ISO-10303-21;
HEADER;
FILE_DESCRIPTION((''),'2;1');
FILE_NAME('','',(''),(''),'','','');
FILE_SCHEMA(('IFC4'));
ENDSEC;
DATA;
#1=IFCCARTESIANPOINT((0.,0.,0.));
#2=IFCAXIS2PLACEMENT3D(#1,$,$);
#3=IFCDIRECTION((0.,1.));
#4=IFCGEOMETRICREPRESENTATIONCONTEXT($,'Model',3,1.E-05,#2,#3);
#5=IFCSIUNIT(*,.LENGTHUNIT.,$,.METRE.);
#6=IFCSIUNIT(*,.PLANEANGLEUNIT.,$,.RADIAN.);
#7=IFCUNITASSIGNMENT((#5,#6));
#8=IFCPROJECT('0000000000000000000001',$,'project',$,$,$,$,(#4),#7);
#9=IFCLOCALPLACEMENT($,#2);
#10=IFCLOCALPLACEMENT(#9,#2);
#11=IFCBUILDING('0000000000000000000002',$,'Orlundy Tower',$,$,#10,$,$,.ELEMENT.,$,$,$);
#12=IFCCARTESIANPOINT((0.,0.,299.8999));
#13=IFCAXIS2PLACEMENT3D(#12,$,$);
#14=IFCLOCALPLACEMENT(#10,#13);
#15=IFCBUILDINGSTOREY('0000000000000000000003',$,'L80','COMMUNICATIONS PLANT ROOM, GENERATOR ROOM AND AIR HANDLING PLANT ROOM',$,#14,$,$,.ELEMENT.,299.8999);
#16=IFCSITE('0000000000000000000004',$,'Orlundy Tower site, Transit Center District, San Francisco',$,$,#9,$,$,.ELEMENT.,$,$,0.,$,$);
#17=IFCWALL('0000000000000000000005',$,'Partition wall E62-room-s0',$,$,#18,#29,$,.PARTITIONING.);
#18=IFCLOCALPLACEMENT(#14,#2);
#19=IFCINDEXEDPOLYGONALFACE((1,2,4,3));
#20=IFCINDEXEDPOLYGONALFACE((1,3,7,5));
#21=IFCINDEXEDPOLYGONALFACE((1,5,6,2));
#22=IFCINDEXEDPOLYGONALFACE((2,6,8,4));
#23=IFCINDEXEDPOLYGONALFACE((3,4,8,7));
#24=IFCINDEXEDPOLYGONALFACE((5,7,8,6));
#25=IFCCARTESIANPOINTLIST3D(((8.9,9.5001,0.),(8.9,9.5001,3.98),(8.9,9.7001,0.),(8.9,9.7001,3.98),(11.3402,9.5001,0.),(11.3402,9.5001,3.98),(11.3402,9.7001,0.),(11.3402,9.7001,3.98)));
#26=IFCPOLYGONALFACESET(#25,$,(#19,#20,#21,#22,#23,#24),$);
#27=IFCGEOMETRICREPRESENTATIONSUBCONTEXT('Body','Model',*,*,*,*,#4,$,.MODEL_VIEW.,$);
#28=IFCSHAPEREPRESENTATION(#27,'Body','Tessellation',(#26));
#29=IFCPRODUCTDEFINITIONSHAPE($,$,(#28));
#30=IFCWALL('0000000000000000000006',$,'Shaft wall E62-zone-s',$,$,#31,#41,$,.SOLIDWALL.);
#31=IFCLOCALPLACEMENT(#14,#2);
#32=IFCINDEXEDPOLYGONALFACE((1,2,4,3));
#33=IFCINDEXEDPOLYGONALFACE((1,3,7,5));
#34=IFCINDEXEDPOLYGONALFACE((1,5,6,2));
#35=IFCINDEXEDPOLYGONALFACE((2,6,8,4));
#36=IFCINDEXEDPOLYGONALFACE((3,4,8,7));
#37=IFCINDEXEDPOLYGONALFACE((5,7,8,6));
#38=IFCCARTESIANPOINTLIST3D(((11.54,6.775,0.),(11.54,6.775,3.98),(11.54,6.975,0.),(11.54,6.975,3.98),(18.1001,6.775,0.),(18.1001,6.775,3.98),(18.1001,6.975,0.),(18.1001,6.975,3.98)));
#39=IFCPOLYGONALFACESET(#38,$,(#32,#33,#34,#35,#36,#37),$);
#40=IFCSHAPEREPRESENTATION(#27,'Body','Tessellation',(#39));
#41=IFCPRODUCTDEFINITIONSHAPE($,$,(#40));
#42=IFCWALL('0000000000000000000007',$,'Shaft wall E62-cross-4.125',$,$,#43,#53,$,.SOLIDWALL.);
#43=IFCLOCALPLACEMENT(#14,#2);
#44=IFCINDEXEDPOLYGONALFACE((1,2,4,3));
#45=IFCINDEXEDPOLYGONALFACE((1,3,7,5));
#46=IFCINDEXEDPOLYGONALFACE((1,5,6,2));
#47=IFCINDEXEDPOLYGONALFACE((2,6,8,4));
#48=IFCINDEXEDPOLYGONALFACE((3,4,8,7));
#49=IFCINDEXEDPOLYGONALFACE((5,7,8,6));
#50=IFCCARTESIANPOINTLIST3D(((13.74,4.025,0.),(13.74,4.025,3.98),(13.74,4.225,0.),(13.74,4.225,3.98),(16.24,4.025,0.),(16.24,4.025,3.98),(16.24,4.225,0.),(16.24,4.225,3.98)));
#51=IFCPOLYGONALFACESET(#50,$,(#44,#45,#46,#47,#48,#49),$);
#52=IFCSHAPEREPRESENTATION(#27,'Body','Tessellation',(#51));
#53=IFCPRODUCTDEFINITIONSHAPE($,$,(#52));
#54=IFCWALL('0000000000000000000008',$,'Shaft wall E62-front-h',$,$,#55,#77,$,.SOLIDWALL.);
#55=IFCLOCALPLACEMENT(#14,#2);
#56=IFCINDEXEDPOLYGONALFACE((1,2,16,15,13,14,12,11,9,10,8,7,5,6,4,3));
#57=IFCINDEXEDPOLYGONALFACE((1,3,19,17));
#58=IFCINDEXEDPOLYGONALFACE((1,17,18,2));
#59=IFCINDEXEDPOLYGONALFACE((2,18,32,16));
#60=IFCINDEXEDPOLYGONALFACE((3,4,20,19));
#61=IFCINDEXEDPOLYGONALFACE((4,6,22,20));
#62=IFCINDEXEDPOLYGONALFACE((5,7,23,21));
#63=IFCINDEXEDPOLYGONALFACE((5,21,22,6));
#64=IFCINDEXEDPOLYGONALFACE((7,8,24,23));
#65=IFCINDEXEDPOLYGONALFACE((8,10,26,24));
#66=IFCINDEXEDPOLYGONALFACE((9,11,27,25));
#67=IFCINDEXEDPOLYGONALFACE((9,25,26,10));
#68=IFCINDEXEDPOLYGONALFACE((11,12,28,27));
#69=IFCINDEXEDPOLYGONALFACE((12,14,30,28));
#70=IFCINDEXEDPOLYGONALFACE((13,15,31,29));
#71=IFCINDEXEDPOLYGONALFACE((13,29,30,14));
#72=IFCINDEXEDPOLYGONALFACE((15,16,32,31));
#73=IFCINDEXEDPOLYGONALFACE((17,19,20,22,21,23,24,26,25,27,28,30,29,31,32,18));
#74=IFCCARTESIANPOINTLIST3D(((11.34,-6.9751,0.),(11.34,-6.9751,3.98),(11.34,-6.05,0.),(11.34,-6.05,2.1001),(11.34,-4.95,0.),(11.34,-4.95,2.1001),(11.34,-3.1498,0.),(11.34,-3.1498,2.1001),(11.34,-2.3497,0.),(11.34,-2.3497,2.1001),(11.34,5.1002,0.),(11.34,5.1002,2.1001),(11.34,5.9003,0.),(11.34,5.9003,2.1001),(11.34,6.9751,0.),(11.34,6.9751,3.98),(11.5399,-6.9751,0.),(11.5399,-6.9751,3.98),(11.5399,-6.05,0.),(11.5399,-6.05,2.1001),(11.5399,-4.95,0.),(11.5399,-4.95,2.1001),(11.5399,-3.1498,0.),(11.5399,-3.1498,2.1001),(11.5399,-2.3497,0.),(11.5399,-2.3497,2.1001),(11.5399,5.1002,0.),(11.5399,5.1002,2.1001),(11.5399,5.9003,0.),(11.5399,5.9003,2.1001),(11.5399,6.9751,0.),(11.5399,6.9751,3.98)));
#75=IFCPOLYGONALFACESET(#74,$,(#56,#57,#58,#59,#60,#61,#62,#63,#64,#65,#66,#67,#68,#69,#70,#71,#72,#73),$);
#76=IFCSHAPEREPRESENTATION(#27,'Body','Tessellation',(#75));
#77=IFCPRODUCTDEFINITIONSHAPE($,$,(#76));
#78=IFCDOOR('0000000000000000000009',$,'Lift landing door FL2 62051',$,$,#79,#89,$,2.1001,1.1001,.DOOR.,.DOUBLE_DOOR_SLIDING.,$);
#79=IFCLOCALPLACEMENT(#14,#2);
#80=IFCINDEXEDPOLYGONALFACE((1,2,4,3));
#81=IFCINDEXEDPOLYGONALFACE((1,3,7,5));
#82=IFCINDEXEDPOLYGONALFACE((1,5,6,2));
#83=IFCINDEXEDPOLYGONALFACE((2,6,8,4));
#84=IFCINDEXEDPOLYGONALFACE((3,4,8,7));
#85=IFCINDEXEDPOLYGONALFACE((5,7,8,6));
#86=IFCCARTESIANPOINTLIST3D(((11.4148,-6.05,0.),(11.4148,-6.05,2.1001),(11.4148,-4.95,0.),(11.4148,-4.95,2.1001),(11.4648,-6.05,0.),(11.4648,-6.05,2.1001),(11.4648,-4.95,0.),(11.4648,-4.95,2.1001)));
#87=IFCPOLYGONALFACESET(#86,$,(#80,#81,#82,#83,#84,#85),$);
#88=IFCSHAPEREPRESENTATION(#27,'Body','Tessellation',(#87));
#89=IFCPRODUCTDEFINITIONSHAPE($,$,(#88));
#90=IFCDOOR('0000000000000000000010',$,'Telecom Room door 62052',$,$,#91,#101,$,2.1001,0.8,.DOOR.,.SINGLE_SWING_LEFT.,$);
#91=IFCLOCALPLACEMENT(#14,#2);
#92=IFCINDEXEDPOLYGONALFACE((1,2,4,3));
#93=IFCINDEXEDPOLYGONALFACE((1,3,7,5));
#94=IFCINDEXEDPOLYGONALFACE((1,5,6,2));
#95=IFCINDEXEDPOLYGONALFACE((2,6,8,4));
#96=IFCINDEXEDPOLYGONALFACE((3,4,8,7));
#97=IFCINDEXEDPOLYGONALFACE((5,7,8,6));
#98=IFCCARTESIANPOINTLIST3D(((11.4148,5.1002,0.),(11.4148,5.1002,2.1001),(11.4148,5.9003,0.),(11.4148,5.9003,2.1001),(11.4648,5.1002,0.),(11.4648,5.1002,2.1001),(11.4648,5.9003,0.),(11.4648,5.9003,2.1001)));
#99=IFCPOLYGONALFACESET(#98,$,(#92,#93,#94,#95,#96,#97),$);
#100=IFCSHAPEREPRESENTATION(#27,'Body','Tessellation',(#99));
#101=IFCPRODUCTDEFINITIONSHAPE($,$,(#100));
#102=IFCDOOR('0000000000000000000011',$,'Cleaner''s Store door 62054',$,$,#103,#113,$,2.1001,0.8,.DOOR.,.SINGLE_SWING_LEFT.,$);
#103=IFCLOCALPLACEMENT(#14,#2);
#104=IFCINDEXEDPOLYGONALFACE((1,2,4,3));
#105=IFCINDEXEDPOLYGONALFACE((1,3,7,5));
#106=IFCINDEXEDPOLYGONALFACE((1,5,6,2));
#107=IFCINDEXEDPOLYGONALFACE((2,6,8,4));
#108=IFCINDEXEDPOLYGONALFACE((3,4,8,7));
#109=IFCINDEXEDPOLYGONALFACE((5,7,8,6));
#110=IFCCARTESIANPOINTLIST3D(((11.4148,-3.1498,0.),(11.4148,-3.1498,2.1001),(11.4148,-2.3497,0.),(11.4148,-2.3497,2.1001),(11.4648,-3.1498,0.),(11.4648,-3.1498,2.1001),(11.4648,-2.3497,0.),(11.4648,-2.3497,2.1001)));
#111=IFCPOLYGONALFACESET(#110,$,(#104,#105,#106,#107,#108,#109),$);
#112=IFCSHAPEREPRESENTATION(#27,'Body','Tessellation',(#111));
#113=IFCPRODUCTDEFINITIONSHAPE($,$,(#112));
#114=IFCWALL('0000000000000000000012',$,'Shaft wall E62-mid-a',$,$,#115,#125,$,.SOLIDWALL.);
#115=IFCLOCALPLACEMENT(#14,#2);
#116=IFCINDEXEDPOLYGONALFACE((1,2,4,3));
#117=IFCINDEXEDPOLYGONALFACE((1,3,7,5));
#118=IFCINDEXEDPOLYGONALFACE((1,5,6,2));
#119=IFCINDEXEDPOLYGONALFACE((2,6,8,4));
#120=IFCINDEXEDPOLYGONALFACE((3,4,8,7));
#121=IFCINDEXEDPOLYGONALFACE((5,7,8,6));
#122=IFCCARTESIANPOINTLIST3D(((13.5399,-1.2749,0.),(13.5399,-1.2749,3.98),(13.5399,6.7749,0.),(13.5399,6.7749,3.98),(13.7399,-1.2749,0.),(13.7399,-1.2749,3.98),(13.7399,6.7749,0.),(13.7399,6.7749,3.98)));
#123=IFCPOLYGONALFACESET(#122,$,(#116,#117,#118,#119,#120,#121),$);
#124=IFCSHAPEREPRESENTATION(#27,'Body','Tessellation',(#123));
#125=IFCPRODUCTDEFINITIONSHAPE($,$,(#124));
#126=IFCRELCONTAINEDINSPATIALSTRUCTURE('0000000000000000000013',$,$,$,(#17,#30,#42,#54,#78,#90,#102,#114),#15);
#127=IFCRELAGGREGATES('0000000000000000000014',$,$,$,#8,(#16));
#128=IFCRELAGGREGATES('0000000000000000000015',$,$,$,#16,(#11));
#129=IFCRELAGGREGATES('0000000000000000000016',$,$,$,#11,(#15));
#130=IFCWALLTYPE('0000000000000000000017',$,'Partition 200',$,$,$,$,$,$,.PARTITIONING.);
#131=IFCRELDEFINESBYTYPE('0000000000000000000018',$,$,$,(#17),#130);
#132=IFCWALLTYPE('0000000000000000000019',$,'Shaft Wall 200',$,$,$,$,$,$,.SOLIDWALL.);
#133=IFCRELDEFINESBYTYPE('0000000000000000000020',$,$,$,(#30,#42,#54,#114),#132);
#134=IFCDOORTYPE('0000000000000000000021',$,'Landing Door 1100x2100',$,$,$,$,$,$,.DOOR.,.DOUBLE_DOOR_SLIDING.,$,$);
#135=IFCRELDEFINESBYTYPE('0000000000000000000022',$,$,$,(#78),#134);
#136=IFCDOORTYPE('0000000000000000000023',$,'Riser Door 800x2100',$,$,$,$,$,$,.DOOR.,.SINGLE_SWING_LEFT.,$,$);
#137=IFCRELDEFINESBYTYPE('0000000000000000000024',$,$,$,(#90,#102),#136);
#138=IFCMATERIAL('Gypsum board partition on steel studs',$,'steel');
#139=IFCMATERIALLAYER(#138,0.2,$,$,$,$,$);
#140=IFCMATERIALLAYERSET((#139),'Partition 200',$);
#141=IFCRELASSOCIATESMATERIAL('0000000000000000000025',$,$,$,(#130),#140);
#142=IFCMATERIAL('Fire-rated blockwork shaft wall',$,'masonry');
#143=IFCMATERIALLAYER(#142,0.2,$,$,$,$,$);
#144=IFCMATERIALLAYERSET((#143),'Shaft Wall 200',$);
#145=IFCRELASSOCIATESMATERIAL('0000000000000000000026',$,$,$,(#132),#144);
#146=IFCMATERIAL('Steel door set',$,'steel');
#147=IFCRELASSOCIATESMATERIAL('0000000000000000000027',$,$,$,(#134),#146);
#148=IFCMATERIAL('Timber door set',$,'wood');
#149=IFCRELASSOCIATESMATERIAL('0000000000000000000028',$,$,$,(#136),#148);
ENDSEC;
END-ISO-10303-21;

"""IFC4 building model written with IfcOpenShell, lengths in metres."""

from ifc_helpers import new_model, si_unit, direction, frame, frame_2d, origin, place, context, subcontext, project, spatial, rectangle, extrude, material, layer, layer_set, type_object, element, fill, save


model = new_model("IFC4")

# Units and contexts
model_context = context("Model", 3, precision=1e-05, world=origin(), true_north=direction((0.0, 1.0)))
body_context = subcontext(model_context, "Body", "Model", "MODEL_VIEW")
ifc_project = project(units=[si_unit("LENGTHUNIT", "METRE"), si_unit("PLANEANGLEUNIT", "RADIAN")], contexts=[model_context])

# Site, building, storey
site_placement = place(None, origin())
site = spatial("IfcSite", under=ifc_project, at=site_placement, Name="Orlundy Tower site, Transit Center District, San Francisco", CompositionType="ELEMENT", RefElevation=0.0)
building_placement = place(site_placement, origin())
building = spatial("IfcBuilding", under=site, at=building_placement, Name="Orlundy Tower", CompositionType="ELEMENT")
storey_placement = place(building_placement, frame((0.0, 0.0, 299.8999)))
storey = spatial("IfcBuildingStorey", under=building, at=storey_placement, Name="L80", Description="COMMUNICATIONS PLANT ROOM, GENERATOR ROOM AND AIR HANDLING PLANT ROOM", CompositionType="ELEMENT", Elevation=299.8999)

# Shared definitions
ifc_material_1 = material(Name="Gypsum board partition on steel studs", Category="steel")
ifc_layer_1 = layer(ifc_material_1, 0.2)
ifc_layer_set_1 = layer_set([ifc_layer_1], Name="Partition 200")
wall_type_1 = type_object("IfcWallType", Name="Partition 200", PredefinedType="PARTITIONING", material=ifc_layer_set_1)

# Walls
wall_1_placement = place(storey_placement, frame((8.8999, 9.6001, 0.0), z_axis=(0.0, 0.0, 1.0), x_axis=(1.0, 0.0, 0.0)))
element("IfcWall", 1, at=wall_1_placement, inside=storey, type_object=wall_type_1, Name="Partition wall E62-room-s0", PredefinedType="PARTITIONING", context=body_context, shape_type="SweptSolid", body=[
    extrude(rectangle(XDim=2.4402, YDim=0.2, at=frame_2d((1.2202, 0.0))), origin(), (0.0, 0.0, 1.0), 3.98),
])
ifc_material_2 = material(Name="Fire-rated blockwork shaft wall", Category="masonry")
ifc_layer_2 = layer(ifc_material_2, 0.2)
ifc_layer_set_2 = layer_set([ifc_layer_2], Name="Shaft Wall 200")
wall_type_2 = type_object("IfcWallType", Name="Shaft Wall 200", PredefinedType="SOLIDWALL", material=ifc_layer_set_2)
wall_2_placement = place(storey_placement, frame((11.54, 6.875, 0.0), z_axis=(0.0, 0.0, 1.0), x_axis=(1.0, 0.0, 0.0)))
element("IfcWall", 2, at=wall_2_placement, inside=storey, type_object=wall_type_2, Name="Shaft wall E62-zone-s", PredefinedType="SOLIDWALL", context=body_context, shape_type="SweptSolid", body=[
    extrude(rectangle(XDim=6.5601, YDim=0.2, at=frame_2d((3.28, 0.0))), origin(), (0.0, 0.0, 1.0), 3.98),
])
wall_3_placement = place(storey_placement, frame((13.74, 4.125, 0.0), z_axis=(0.0, 0.0, 1.0), x_axis=(1.0, 0.0, 0.0)))
element("IfcWall", 3, at=wall_3_placement, inside=storey, type_object=wall_type_2, Name="Shaft wall E62-cross-4.125", PredefinedType="SOLIDWALL", context=body_context, shape_type="SweptSolid", body=[
    extrude(rectangle(XDim=2.5, YDim=0.2, at=frame_2d((1.25, 0.0))), origin(), (0.0, 0.0, 1.0), 3.98),
])

# Wall, openings, doors
wall_4_placement = place(storey_placement, frame((11.4399, 6.9751, 0.0), z_axis=(0.0, 0.0, 1.0), x_axis=(0.0, -1.0, 0.0)))
wall_4 = element("IfcWall", 4, at=wall_4_placement, inside=storey, type_object=wall_type_2, Name="Shaft wall E62-front-h", PredefinedType="SOLIDWALL", context=body_context, shape_type="SweptSolid", body=[
    extrude(rectangle(XDim=13.9502, YDim=0.2, at=frame_2d((6.9751, 0.0))), origin(), (0.0, 0.0, 1.0), 3.98),
])
opening_1_placement = place(wall_4_placement, frame((11.925, 0.0, 0.0)))
opening_1 = element("IfcOpeningElement", 5, at=opening_1_placement, cuts=wall_4, PredefinedType="OPENING", context=body_context, shape_type="SweptSolid", body=[
    extrude(rectangle(XDim=1.1001, YDim=2.1001, at=frame_2d((0.55, 1.05))), frame((0.0, 0.1101, 0.0), z_axis=(0.0, -1.0, 0.0), x_axis=(1.0, 0.0, 0.0)), (0.0, 0.0, 1.0), 0.2202),
])
opening_2_placement = place(wall_4_placement, frame((1.075, 0.0, 0.0)))
opening_2 = element("IfcOpeningElement", 6, at=opening_2_placement, cuts=wall_4, PredefinedType="OPENING", context=body_context, shape_type="SweptSolid", body=[
    extrude(rectangle(XDim=0.8, YDim=2.1001, at=frame_2d((0.3999, 1.05))), frame((0.0, 0.1101, 0.0), z_axis=(0.0, -1.0, 0.0), x_axis=(1.0, 0.0, 0.0)), (0.0, 0.0, 1.0), 0.2202),
])
opening_3_placement = place(wall_4_placement, frame((9.325, 0.0, 0.0)))
opening_3 = element("IfcOpeningElement", 7, at=opening_3_placement, cuts=wall_4, PredefinedType="OPENING", context=body_context, shape_type="SweptSolid", body=[
    extrude(rectangle(XDim=0.8, YDim=2.1001, at=frame_2d((0.3999, 1.05))), frame((0.0, 0.1101, 0.0), z_axis=(0.0, -1.0, 0.0), x_axis=(1.0, 0.0, 0.0)), (0.0, 0.0, 1.0), 0.2202),
])
ifc_material_3 = material(Name="Steel door set", Category="steel")
door_type_1 = type_object("IfcDoorType", Name="Landing Door 1100x2100", OperationType="DOUBLE_DOOR_SLIDING", PredefinedType="DOOR", material=ifc_material_3)
door_1_placement = place(opening_1_placement, origin())
door_1 = element("IfcDoor", 8, at=door_1_placement, inside=storey, type_object=door_type_1, Name="Lift landing door FL2 62051", OperationType="DOUBLE_DOOR_SLIDING", OverallHeight=2.1001, OverallWidth=1.1001, PredefinedType="DOOR", context=body_context, shape_type="SweptSolid", body=[
    extrude(rectangle(XDim=1.1001, YDim=2.1001, at=frame_2d((0.55, 1.05))), frame((0.0, 0.0249, 0.0), z_axis=(0.0, -1.0, 0.0), x_axis=(1.0, 0.0, 0.0)), (0.0, 0.0, 1.0), 0.05),
])
fill(opening_1, door_1)
ifc_material_4 = material(Name="Timber door set", Category="wood")
door_type_2 = type_object("IfcDoorType", Name="Riser Door 800x2100", OperationType="SINGLE_SWING_LEFT", PredefinedType="DOOR", material=ifc_material_4)
door_2_placement = place(opening_2_placement, origin())
door_2 = element("IfcDoor", 9, at=door_2_placement, inside=storey, type_object=door_type_2, Name="Telecom Room door 62052", OperationType="SINGLE_SWING_LEFT", OverallHeight=2.1001, OverallWidth=0.8, PredefinedType="DOOR", context=body_context, shape_type="SweptSolid", body=[
    extrude(rectangle(XDim=0.8, YDim=2.1001, at=frame_2d((0.3999, 1.05))), frame((0.0, 0.0249, 0.0), z_axis=(0.0, -1.0, 0.0), x_axis=(1.0, 0.0, 0.0)), (0.0, 0.0, 1.0), 0.05),
])
fill(opening_2, door_2)
door_3_placement = place(opening_3_placement, origin())
door_3 = element("IfcDoor", 10, at=door_3_placement, inside=storey, type_object=door_type_2, Name="Cleaner's Store door 62054", OperationType="SINGLE_SWING_LEFT", OverallHeight=2.1001, OverallWidth=0.8, PredefinedType="DOOR", context=body_context, shape_type="SweptSolid", body=[
    extrude(rectangle(XDim=0.8, YDim=2.1001, at=frame_2d((0.3999, 1.05))), frame((0.0, 0.0249, 0.0), z_axis=(0.0, -1.0, 0.0), x_axis=(1.0, 0.0, 0.0)), (0.0, 0.0, 1.0), 0.05),
])
fill(opening_3, door_3)

# Wall
wall_5_placement = place(storey_placement, frame((13.6399, 6.7749, 0.0), z_axis=(0.0, 0.0, 1.0), x_axis=(0.0, -1.0, 0.0)))
element("IfcWall", 11, at=wall_5_placement, inside=storey, type_object=wall_type_2, Name="Shaft wall E62-mid-a", PredefinedType="SOLIDWALL", context=body_context, shape_type="SweptSolid", body=[
    extrude(rectangle(XDim=8.0498, YDim=0.2, at=frame_2d((4.0249, 0.0))), origin(), (0.0, 0.0, 1.0), 3.98),
])

save(model, "model.ifc")
